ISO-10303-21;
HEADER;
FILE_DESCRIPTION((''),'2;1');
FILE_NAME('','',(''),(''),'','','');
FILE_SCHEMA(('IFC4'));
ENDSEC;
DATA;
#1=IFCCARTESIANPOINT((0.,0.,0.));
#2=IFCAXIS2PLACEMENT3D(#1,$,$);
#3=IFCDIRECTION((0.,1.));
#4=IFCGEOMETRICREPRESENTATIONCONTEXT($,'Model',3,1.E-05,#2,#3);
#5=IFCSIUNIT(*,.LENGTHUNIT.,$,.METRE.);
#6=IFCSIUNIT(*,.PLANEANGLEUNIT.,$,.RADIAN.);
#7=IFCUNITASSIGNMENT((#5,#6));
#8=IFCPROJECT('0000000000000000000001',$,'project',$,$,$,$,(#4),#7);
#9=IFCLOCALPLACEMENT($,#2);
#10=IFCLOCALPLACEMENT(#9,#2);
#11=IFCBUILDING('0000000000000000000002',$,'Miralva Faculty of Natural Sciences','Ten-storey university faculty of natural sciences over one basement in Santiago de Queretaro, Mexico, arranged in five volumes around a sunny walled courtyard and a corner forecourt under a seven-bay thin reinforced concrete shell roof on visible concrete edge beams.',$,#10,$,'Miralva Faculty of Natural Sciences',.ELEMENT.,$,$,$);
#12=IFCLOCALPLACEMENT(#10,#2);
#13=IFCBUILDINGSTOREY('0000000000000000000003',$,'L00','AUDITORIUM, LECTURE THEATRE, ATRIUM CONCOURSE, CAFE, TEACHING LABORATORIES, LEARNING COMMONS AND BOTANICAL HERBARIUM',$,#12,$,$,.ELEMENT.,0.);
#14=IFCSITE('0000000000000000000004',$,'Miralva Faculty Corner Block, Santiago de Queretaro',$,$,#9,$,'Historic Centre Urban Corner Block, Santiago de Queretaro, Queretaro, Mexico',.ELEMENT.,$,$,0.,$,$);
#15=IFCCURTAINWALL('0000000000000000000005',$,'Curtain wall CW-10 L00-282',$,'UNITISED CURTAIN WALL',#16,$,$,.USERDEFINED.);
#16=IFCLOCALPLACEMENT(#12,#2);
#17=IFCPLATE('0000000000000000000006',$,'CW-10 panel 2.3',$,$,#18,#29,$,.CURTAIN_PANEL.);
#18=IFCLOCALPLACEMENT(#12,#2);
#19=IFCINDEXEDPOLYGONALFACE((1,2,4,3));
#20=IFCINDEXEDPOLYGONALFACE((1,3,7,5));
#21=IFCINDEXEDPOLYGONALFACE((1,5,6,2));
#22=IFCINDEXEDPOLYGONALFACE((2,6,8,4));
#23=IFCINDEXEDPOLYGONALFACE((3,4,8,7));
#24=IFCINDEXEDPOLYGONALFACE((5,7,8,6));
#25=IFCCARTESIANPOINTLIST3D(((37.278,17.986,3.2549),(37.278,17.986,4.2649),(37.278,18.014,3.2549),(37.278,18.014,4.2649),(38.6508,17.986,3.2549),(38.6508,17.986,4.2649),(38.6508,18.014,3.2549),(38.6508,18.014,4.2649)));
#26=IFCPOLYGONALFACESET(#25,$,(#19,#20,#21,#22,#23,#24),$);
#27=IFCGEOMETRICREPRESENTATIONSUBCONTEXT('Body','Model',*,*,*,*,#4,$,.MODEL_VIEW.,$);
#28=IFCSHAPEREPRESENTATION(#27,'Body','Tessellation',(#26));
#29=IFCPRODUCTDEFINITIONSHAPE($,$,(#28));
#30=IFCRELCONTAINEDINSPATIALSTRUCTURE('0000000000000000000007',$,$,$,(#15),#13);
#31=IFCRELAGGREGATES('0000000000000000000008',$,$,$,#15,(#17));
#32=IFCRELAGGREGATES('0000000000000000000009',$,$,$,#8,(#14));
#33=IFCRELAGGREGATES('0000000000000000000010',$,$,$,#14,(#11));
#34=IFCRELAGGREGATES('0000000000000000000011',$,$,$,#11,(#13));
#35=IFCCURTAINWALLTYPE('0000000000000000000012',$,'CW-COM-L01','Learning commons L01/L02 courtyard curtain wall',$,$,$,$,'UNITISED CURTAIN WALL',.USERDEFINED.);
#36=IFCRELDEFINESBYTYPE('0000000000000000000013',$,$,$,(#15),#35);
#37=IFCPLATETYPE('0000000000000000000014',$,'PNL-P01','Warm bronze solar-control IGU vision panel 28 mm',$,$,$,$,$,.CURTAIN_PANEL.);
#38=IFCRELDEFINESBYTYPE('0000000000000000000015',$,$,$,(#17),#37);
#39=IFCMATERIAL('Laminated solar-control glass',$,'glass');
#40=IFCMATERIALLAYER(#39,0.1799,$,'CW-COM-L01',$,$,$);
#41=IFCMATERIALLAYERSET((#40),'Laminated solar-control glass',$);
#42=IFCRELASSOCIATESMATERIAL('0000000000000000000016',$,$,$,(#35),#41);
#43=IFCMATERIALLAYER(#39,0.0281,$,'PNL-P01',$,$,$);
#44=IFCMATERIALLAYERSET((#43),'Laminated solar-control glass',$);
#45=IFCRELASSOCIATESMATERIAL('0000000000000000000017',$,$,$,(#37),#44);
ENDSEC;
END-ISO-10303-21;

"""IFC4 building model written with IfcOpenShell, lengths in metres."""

from ifc_helpers import new_model, si_unit, direction, frame, origin, origin_2d, place, context, subcontext, project, spatial, rectangle, extrude, material, layer, layer_set, type_object, element, aggregate, save


model = new_model("IFC4")

# Units and contexts
model_context = context("Model", 3, precision=1e-05, world=origin(), true_north=direction((0.0, 1.0)))
body_context = subcontext(model_context, "Body", "Model", "MODEL_VIEW")
ifc_project = project(units=[si_unit("LENGTHUNIT", "METRE"), si_unit("PLANEANGLEUNIT", "RADIAN")], contexts=[model_context])

# Site, building, storey
site_placement = place(None, origin())
site = spatial("IfcSite", under=ifc_project, at=site_placement, Name="Miralva Faculty Corner Block, Santiago de Queretaro", LongName="Historic Centre Urban Corner Block, Santiago de Queretaro, Queretaro, Mexico", CompositionType="ELEMENT", RefElevation=0.0)
building_placement = place(site_placement, origin())
building = spatial("IfcBuilding", under=site, at=building_placement, Name="Miralva Faculty of Natural Sciences", Description="Ten-storey university faculty of natural sciences over one basement in Santiago de Queretaro, Mexico, arranged in five volumes around a sunny walled courtyard and a corner forecourt under a seven-bay thin reinforced concrete shell roof on visible concrete edge beams.", LongName="Miralva Faculty of Natural Sciences", CompositionType="ELEMENT")
storey_placement = place(building_placement, origin())
storey = spatial("IfcBuildingStorey", under=building, at=storey_placement, Name="L00", Description="AUDITORIUM, LECTURE THEATRE, ATRIUM CONCOURSE, CAFE, TEACHING LABORATORIES, LEARNING COMMONS AND BOTANICAL HERBARIUM", CompositionType="ELEMENT", Elevation=0.0)

# Curtain wall
ifc_material_1 = material(Name="Laminated solar-control glass", Category="glass")
ifc_layer_1 = layer(ifc_material_1, 0.1799, Name="CW-COM-L01")
ifc_layer_set_1 = layer_set([ifc_layer_1], Name="Laminated solar-control glass")
curtain_wall_type_1 = type_object("IfcCurtainWallType", Name="CW-COM-L01", Description="Learning commons L01/L02 courtyard curtain wall", ElementType="UNITISED CURTAIN WALL", PredefinedType="USERDEFINED", material=ifc_layer_set_1)
curtain_wall_1_placement = place(storey_placement, origin())
curtain_wall_1 = element("IfcCurtainWall", 1, at=curtain_wall_1_placement, inside=storey, type_object=curtain_wall_type_1, Name="Curtain wall CW-10 L00-282", ObjectType="UNITISED CURTAIN WALL", PredefinedType="USERDEFINED")

# Plate
ifc_layer_2 = layer(ifc_material_1, 0.0281, Name="PNL-P01")
ifc_layer_set_2 = layer_set([ifc_layer_2], Name="Laminated solar-control glass")
plate_type_1 = type_object("IfcPlateType", Name="PNL-P01", Description="Warm bronze solar-control IGU vision panel 28 mm", PredefinedType="CURTAIN_PANEL", material=ifc_layer_set_2)
plate_1_placement = place(storey_placement, frame((37.9644, 18.0, 3.2549), z_axis=(0.0, 0.0, 1.0), x_axis=(1.0, 0.0, 0.0)))
plate_1 = element("IfcPlate", 2, at=plate_1_placement, type_object=plate_type_1, Name="CW-10 panel 2.3", PredefinedType="CURTAIN_PANEL", context=body_context, shape_type="SweptSolid", body=[
    extrude(rectangle(XDim=1.3728, YDim=0.0281, at=origin_2d()), origin(), (0.0, 0.0, 1.0), 1.01),
])
aggregate(curtain_wall_1, [plate_1])

save(model, "model.ifc")
